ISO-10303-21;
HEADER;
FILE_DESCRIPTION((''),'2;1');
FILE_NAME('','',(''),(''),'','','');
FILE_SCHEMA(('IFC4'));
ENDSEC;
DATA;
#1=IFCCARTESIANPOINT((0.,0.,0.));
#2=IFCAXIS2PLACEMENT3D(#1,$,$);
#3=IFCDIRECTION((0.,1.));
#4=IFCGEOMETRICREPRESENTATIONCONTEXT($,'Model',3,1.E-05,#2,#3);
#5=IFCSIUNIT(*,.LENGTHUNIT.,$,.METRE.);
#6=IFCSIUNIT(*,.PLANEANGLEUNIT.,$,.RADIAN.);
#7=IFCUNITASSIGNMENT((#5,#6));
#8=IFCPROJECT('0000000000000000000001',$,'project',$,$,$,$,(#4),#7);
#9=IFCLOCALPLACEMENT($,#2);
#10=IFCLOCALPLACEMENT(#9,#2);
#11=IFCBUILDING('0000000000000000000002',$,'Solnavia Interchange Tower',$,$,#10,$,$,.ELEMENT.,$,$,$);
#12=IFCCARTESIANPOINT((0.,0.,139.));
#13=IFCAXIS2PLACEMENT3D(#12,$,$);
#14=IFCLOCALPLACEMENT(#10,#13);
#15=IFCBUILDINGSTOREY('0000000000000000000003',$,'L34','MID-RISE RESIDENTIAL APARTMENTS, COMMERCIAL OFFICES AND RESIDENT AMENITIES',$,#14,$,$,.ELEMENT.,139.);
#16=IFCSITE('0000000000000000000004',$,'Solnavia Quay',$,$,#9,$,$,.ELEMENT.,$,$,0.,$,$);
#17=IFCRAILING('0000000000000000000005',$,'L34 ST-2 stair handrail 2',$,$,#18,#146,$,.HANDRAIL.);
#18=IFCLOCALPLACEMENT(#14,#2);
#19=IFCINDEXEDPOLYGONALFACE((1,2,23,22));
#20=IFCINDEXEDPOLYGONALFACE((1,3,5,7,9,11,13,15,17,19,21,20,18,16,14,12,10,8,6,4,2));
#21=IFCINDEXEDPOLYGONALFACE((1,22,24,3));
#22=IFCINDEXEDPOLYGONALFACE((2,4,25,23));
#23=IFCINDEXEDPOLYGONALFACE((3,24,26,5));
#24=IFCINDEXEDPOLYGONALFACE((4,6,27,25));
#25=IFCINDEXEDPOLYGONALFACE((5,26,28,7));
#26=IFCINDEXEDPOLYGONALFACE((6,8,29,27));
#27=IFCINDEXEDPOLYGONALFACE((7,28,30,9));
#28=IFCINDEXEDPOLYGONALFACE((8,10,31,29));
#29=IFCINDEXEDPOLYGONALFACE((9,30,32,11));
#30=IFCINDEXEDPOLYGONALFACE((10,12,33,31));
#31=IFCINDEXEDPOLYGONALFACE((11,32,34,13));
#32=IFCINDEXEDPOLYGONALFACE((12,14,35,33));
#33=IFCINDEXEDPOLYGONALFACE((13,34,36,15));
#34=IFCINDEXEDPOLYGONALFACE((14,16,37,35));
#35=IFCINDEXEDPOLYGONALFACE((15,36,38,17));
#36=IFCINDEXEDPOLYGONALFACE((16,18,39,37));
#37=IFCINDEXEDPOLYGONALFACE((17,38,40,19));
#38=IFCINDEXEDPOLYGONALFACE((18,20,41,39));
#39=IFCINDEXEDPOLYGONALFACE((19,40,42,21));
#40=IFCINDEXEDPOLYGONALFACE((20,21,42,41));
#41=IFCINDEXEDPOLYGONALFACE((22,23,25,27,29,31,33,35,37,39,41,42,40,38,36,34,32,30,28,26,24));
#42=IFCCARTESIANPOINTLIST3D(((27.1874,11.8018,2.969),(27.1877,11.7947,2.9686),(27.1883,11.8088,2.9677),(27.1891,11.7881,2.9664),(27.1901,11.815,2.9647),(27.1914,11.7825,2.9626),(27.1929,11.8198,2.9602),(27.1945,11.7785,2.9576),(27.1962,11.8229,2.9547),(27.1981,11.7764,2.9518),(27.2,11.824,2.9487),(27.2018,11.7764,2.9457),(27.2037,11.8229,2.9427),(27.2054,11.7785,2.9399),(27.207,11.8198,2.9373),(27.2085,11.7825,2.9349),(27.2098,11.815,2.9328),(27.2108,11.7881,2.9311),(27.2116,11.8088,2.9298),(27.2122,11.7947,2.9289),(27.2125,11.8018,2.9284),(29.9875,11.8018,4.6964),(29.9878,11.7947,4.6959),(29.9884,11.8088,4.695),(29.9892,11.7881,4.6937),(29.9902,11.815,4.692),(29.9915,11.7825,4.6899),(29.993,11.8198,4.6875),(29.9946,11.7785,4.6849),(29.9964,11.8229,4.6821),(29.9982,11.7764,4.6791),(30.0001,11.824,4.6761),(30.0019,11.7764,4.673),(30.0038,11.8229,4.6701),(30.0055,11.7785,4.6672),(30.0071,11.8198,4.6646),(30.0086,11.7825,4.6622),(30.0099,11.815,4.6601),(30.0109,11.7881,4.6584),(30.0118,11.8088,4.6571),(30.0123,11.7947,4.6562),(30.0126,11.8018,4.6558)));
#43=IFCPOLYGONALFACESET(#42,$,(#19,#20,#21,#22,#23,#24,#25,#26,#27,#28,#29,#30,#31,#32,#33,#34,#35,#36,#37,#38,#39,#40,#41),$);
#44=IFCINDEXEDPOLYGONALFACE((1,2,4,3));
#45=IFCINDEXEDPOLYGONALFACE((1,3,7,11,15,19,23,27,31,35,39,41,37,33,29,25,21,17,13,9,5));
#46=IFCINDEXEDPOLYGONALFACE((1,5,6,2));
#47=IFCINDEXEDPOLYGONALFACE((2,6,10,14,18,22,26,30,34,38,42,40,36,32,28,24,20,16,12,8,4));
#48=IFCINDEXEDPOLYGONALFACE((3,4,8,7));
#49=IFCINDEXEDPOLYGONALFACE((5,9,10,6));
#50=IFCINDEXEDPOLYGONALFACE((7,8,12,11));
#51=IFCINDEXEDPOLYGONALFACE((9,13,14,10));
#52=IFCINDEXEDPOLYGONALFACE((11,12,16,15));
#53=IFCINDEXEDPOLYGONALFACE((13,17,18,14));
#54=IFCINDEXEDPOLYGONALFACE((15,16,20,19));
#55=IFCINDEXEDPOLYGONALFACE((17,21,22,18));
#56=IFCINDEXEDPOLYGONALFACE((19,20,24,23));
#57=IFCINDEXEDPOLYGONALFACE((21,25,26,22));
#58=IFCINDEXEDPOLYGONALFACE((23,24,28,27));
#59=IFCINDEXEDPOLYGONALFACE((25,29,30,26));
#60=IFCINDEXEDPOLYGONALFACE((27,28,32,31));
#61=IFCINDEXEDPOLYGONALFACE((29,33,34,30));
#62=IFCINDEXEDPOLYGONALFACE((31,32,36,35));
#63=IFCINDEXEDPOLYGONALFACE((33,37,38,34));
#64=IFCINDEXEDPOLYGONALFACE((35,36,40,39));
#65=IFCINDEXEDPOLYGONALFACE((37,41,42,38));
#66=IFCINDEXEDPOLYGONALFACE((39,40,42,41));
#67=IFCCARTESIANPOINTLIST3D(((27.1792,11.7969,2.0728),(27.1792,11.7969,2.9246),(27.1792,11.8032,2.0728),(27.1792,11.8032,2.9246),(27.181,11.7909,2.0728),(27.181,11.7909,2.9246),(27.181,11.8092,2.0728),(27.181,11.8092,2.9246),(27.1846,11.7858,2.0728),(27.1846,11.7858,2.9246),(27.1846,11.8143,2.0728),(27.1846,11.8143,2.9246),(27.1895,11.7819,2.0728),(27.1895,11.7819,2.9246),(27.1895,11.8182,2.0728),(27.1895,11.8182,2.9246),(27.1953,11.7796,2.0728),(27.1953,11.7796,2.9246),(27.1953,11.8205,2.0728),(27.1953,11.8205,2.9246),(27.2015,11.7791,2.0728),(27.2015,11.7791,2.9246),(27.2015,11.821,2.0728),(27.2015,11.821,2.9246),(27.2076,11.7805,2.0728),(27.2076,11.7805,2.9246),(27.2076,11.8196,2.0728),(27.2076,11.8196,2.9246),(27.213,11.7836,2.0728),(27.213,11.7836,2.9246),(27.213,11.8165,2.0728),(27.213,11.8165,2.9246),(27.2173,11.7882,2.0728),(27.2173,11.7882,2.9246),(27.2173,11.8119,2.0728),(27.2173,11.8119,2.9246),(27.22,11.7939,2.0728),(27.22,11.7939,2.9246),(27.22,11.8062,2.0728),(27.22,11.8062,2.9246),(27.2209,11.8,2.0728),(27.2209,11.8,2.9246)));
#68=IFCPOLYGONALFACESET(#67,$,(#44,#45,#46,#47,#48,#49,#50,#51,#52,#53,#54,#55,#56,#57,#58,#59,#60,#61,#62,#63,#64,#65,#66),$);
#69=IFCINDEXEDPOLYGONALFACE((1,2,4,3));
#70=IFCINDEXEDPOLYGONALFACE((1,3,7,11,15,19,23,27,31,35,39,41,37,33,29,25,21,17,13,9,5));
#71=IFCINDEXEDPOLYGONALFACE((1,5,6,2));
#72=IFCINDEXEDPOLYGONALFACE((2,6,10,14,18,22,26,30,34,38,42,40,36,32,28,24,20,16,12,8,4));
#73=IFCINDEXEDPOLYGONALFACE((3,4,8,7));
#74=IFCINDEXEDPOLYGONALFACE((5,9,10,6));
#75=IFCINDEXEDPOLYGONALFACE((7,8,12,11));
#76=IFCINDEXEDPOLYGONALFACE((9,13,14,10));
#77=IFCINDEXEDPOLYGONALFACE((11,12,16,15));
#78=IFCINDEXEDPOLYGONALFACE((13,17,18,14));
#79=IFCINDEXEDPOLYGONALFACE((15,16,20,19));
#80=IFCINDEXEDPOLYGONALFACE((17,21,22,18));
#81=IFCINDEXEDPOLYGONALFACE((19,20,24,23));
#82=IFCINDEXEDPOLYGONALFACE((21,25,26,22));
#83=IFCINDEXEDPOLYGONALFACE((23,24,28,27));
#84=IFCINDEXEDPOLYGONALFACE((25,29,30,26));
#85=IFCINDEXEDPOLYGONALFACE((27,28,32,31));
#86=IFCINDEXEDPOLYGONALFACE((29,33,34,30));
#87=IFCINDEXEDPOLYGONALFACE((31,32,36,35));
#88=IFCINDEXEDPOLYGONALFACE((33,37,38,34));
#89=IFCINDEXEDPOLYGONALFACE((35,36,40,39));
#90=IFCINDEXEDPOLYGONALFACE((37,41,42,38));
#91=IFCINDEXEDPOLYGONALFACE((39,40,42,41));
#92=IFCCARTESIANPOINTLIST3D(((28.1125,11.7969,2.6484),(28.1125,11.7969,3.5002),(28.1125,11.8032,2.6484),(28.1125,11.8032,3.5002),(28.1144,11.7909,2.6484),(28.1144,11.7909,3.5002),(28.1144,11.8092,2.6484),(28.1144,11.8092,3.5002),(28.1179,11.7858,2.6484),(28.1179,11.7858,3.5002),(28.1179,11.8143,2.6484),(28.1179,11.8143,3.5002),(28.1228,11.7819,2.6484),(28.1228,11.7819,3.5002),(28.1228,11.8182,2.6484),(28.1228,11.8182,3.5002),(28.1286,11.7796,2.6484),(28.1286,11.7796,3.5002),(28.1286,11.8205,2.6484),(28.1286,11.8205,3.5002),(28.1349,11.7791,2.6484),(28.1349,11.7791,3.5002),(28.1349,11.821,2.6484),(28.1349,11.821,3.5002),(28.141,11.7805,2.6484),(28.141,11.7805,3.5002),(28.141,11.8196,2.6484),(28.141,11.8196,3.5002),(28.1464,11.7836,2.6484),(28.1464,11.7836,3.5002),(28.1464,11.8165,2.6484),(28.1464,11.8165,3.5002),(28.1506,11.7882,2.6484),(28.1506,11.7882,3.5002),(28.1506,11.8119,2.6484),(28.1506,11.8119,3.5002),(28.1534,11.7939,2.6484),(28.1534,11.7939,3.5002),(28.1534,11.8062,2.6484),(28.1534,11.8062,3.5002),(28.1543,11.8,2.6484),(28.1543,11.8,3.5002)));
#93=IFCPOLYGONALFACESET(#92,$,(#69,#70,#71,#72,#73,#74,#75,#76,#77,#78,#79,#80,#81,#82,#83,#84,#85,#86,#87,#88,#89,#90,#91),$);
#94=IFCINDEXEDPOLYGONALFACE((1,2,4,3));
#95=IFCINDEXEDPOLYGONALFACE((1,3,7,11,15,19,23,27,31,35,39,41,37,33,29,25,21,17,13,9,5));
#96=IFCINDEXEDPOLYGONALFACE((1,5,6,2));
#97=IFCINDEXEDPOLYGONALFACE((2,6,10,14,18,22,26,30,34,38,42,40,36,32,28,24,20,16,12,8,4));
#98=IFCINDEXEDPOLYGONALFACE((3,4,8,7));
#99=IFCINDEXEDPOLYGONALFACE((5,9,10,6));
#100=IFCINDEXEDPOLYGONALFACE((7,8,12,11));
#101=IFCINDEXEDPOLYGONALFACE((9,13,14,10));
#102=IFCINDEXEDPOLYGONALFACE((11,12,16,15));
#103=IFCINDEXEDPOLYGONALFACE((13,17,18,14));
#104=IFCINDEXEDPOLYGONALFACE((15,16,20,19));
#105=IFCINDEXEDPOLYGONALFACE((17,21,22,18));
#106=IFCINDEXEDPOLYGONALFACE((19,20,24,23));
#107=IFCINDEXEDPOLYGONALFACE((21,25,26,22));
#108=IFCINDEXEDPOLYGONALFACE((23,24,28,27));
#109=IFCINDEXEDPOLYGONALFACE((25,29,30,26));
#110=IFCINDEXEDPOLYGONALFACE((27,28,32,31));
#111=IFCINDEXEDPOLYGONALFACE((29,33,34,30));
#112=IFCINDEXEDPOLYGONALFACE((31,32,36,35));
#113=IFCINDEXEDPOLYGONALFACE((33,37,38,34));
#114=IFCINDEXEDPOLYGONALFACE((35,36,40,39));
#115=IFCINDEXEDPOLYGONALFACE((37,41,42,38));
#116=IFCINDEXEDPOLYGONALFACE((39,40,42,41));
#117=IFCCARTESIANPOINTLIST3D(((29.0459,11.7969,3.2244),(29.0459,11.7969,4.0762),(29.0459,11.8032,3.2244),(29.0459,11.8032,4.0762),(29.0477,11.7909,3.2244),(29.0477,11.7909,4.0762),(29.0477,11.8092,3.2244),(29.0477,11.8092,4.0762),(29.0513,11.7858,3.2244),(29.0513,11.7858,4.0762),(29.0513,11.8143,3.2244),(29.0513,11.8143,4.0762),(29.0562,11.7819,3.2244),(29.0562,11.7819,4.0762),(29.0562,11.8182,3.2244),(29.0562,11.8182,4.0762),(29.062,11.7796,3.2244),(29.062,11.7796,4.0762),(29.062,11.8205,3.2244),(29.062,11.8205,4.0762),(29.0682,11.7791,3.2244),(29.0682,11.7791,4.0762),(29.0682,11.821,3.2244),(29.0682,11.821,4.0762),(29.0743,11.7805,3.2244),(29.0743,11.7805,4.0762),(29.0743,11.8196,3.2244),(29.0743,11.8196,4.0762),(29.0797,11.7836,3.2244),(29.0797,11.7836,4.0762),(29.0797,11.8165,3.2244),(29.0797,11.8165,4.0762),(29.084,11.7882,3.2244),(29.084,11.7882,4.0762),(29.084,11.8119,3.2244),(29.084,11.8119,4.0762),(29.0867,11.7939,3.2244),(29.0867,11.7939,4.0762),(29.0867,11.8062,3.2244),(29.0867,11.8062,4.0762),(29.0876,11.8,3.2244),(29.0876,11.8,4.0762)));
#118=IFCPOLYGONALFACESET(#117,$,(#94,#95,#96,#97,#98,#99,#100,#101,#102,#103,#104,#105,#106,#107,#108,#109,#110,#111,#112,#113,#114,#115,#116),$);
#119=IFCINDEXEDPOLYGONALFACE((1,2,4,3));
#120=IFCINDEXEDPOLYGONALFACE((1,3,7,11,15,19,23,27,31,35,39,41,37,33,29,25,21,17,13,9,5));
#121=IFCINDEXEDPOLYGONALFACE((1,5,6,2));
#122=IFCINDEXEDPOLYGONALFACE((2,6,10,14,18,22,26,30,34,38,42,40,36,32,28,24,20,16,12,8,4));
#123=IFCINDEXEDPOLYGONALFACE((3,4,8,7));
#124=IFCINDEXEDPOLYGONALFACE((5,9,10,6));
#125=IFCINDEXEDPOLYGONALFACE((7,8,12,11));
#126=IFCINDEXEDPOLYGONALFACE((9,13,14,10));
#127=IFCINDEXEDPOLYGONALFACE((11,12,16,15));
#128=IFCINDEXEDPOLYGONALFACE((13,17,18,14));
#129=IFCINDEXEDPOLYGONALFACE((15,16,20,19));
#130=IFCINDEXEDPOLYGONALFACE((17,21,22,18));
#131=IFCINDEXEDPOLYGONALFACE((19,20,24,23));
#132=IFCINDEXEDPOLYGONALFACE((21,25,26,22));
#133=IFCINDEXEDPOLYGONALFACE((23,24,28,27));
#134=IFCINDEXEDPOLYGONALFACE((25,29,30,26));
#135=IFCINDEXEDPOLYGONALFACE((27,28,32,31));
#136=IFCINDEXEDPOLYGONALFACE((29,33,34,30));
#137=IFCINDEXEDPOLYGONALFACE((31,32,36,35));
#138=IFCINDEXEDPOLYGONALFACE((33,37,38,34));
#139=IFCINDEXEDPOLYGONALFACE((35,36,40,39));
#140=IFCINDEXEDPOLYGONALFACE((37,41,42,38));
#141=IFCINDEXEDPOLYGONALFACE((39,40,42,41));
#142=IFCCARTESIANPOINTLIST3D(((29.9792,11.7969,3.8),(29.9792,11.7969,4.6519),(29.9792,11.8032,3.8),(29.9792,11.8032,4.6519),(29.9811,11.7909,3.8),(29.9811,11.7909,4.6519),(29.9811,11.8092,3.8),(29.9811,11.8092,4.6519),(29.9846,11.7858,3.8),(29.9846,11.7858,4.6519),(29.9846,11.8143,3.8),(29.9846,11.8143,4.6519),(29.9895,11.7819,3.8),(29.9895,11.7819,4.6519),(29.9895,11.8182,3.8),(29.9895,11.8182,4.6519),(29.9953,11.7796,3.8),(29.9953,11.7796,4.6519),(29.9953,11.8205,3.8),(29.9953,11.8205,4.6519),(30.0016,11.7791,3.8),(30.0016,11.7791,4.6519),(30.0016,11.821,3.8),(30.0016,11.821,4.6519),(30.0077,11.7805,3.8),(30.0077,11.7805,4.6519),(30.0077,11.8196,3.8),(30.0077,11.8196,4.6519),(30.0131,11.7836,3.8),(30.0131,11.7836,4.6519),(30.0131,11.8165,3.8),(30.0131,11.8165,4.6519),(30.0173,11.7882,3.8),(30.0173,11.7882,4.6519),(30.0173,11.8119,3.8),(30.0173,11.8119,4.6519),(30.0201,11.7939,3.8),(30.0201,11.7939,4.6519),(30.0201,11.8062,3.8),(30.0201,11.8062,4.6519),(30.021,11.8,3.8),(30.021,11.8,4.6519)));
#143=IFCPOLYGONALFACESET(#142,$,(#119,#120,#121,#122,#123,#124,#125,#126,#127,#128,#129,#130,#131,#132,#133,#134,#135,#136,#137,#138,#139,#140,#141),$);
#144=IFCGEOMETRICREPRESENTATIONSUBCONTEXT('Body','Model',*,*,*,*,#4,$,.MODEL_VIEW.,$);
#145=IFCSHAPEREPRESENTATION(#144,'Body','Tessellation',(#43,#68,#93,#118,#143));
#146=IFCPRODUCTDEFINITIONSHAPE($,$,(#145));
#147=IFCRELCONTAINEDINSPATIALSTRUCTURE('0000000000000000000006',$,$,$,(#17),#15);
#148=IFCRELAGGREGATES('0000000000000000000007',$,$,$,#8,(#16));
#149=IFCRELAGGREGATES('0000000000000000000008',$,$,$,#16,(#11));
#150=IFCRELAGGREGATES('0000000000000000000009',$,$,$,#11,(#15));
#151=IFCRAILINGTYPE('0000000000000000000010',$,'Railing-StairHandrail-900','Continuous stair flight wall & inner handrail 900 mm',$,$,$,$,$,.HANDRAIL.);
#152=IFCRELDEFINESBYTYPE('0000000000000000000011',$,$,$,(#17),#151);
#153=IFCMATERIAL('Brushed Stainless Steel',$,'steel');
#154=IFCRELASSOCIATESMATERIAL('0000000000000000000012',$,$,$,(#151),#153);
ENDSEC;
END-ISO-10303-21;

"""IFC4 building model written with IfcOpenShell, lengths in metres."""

from ifc_helpers import new_model, si_unit, direction, frame, origin, origin_2d, place, context, subcontext, project, spatial, circle, extrude, material, type_object, element, save


model = new_model("IFC4")

# Units and contexts
model_context = context("Model", 3, precision=1e-05, world=origin(), true_north=direction((0.0, 1.0)))
body_context = subcontext(model_context, "Body", "Model", "MODEL_VIEW")
ifc_project = project(units=[si_unit("LENGTHUNIT", "METRE"), si_unit("PLANEANGLEUNIT", "RADIAN")], contexts=[model_context])

# Site, building, storey
site_placement = place(None, origin())
site = spatial("IfcSite", under=ifc_project, at=site_placement, Name="Solnavia Quay", CompositionType="ELEMENT", RefElevation=0.0)
building_placement = place(site_placement, origin())
building = spatial("IfcBuilding", under=site, at=building_placement, Name="Solnavia Interchange Tower", CompositionType="ELEMENT")
storey_placement = place(building_placement, frame((0.0, 0.0, 139.0)))
storey = spatial("IfcBuildingStorey", under=building, at=storey_placement, Name="L34", Description="MID-RISE RESIDENTIAL APARTMENTS, COMMERCIAL OFFICES AND RESIDENT AMENITIES", CompositionType="ELEMENT", Elevation=139.0)

# Railing
ifc_material_1 = material(Name="Brushed Stainless Steel", Category="steel")
railing_type_1 = type_object("IfcRailingType", Name="Railing-StairHandrail-900", Description="Continuous stair flight wall & inner handrail 900 mm", PredefinedType="HANDRAIL", material=ifc_material_1)
railing_1_placement = place(storey_placement, frame((27.2, 11.8, 2.0728)))
element("IfcRailing", 1, at=railing_1_placement, inside=storey, type_object=railing_type_1, Name="L34 ST-2 stair handrail 2", PredefinedType="HANDRAIL", context=body_context, shape_type="SweptSolid", body=[
    extrude(circle(Radius=0.0239, at=origin_2d()), frame((0.0, 0.0, 0.876), z_axis=(0.85109, 0.0, 0.52502), x_axis=(0.0, 1.0, 0.0)), (0.0, 0.0, 1.0), 3.29),
    extrude(circle(Radius=0.021, at=origin_2d()), origin(), (0.0, 0.0, 1.0), 0.8518),
    extrude(circle(Radius=0.021, at=origin_2d()), frame((0.9333, 0.0, 0.5757)), (0.0, 0.0, 1.0), 0.8518),
    extrude(circle(Radius=0.021, at=origin_2d()), frame((1.8667, 0.0, 1.1516)), (0.0, 0.0, 1.0), 0.8518),
    extrude(circle(Radius=0.021, at=origin_2d()), frame((2.8, 0.0, 1.7273)), (0.0, 0.0, 1.0), 0.8518),
])

save(model, "model.ifc")
